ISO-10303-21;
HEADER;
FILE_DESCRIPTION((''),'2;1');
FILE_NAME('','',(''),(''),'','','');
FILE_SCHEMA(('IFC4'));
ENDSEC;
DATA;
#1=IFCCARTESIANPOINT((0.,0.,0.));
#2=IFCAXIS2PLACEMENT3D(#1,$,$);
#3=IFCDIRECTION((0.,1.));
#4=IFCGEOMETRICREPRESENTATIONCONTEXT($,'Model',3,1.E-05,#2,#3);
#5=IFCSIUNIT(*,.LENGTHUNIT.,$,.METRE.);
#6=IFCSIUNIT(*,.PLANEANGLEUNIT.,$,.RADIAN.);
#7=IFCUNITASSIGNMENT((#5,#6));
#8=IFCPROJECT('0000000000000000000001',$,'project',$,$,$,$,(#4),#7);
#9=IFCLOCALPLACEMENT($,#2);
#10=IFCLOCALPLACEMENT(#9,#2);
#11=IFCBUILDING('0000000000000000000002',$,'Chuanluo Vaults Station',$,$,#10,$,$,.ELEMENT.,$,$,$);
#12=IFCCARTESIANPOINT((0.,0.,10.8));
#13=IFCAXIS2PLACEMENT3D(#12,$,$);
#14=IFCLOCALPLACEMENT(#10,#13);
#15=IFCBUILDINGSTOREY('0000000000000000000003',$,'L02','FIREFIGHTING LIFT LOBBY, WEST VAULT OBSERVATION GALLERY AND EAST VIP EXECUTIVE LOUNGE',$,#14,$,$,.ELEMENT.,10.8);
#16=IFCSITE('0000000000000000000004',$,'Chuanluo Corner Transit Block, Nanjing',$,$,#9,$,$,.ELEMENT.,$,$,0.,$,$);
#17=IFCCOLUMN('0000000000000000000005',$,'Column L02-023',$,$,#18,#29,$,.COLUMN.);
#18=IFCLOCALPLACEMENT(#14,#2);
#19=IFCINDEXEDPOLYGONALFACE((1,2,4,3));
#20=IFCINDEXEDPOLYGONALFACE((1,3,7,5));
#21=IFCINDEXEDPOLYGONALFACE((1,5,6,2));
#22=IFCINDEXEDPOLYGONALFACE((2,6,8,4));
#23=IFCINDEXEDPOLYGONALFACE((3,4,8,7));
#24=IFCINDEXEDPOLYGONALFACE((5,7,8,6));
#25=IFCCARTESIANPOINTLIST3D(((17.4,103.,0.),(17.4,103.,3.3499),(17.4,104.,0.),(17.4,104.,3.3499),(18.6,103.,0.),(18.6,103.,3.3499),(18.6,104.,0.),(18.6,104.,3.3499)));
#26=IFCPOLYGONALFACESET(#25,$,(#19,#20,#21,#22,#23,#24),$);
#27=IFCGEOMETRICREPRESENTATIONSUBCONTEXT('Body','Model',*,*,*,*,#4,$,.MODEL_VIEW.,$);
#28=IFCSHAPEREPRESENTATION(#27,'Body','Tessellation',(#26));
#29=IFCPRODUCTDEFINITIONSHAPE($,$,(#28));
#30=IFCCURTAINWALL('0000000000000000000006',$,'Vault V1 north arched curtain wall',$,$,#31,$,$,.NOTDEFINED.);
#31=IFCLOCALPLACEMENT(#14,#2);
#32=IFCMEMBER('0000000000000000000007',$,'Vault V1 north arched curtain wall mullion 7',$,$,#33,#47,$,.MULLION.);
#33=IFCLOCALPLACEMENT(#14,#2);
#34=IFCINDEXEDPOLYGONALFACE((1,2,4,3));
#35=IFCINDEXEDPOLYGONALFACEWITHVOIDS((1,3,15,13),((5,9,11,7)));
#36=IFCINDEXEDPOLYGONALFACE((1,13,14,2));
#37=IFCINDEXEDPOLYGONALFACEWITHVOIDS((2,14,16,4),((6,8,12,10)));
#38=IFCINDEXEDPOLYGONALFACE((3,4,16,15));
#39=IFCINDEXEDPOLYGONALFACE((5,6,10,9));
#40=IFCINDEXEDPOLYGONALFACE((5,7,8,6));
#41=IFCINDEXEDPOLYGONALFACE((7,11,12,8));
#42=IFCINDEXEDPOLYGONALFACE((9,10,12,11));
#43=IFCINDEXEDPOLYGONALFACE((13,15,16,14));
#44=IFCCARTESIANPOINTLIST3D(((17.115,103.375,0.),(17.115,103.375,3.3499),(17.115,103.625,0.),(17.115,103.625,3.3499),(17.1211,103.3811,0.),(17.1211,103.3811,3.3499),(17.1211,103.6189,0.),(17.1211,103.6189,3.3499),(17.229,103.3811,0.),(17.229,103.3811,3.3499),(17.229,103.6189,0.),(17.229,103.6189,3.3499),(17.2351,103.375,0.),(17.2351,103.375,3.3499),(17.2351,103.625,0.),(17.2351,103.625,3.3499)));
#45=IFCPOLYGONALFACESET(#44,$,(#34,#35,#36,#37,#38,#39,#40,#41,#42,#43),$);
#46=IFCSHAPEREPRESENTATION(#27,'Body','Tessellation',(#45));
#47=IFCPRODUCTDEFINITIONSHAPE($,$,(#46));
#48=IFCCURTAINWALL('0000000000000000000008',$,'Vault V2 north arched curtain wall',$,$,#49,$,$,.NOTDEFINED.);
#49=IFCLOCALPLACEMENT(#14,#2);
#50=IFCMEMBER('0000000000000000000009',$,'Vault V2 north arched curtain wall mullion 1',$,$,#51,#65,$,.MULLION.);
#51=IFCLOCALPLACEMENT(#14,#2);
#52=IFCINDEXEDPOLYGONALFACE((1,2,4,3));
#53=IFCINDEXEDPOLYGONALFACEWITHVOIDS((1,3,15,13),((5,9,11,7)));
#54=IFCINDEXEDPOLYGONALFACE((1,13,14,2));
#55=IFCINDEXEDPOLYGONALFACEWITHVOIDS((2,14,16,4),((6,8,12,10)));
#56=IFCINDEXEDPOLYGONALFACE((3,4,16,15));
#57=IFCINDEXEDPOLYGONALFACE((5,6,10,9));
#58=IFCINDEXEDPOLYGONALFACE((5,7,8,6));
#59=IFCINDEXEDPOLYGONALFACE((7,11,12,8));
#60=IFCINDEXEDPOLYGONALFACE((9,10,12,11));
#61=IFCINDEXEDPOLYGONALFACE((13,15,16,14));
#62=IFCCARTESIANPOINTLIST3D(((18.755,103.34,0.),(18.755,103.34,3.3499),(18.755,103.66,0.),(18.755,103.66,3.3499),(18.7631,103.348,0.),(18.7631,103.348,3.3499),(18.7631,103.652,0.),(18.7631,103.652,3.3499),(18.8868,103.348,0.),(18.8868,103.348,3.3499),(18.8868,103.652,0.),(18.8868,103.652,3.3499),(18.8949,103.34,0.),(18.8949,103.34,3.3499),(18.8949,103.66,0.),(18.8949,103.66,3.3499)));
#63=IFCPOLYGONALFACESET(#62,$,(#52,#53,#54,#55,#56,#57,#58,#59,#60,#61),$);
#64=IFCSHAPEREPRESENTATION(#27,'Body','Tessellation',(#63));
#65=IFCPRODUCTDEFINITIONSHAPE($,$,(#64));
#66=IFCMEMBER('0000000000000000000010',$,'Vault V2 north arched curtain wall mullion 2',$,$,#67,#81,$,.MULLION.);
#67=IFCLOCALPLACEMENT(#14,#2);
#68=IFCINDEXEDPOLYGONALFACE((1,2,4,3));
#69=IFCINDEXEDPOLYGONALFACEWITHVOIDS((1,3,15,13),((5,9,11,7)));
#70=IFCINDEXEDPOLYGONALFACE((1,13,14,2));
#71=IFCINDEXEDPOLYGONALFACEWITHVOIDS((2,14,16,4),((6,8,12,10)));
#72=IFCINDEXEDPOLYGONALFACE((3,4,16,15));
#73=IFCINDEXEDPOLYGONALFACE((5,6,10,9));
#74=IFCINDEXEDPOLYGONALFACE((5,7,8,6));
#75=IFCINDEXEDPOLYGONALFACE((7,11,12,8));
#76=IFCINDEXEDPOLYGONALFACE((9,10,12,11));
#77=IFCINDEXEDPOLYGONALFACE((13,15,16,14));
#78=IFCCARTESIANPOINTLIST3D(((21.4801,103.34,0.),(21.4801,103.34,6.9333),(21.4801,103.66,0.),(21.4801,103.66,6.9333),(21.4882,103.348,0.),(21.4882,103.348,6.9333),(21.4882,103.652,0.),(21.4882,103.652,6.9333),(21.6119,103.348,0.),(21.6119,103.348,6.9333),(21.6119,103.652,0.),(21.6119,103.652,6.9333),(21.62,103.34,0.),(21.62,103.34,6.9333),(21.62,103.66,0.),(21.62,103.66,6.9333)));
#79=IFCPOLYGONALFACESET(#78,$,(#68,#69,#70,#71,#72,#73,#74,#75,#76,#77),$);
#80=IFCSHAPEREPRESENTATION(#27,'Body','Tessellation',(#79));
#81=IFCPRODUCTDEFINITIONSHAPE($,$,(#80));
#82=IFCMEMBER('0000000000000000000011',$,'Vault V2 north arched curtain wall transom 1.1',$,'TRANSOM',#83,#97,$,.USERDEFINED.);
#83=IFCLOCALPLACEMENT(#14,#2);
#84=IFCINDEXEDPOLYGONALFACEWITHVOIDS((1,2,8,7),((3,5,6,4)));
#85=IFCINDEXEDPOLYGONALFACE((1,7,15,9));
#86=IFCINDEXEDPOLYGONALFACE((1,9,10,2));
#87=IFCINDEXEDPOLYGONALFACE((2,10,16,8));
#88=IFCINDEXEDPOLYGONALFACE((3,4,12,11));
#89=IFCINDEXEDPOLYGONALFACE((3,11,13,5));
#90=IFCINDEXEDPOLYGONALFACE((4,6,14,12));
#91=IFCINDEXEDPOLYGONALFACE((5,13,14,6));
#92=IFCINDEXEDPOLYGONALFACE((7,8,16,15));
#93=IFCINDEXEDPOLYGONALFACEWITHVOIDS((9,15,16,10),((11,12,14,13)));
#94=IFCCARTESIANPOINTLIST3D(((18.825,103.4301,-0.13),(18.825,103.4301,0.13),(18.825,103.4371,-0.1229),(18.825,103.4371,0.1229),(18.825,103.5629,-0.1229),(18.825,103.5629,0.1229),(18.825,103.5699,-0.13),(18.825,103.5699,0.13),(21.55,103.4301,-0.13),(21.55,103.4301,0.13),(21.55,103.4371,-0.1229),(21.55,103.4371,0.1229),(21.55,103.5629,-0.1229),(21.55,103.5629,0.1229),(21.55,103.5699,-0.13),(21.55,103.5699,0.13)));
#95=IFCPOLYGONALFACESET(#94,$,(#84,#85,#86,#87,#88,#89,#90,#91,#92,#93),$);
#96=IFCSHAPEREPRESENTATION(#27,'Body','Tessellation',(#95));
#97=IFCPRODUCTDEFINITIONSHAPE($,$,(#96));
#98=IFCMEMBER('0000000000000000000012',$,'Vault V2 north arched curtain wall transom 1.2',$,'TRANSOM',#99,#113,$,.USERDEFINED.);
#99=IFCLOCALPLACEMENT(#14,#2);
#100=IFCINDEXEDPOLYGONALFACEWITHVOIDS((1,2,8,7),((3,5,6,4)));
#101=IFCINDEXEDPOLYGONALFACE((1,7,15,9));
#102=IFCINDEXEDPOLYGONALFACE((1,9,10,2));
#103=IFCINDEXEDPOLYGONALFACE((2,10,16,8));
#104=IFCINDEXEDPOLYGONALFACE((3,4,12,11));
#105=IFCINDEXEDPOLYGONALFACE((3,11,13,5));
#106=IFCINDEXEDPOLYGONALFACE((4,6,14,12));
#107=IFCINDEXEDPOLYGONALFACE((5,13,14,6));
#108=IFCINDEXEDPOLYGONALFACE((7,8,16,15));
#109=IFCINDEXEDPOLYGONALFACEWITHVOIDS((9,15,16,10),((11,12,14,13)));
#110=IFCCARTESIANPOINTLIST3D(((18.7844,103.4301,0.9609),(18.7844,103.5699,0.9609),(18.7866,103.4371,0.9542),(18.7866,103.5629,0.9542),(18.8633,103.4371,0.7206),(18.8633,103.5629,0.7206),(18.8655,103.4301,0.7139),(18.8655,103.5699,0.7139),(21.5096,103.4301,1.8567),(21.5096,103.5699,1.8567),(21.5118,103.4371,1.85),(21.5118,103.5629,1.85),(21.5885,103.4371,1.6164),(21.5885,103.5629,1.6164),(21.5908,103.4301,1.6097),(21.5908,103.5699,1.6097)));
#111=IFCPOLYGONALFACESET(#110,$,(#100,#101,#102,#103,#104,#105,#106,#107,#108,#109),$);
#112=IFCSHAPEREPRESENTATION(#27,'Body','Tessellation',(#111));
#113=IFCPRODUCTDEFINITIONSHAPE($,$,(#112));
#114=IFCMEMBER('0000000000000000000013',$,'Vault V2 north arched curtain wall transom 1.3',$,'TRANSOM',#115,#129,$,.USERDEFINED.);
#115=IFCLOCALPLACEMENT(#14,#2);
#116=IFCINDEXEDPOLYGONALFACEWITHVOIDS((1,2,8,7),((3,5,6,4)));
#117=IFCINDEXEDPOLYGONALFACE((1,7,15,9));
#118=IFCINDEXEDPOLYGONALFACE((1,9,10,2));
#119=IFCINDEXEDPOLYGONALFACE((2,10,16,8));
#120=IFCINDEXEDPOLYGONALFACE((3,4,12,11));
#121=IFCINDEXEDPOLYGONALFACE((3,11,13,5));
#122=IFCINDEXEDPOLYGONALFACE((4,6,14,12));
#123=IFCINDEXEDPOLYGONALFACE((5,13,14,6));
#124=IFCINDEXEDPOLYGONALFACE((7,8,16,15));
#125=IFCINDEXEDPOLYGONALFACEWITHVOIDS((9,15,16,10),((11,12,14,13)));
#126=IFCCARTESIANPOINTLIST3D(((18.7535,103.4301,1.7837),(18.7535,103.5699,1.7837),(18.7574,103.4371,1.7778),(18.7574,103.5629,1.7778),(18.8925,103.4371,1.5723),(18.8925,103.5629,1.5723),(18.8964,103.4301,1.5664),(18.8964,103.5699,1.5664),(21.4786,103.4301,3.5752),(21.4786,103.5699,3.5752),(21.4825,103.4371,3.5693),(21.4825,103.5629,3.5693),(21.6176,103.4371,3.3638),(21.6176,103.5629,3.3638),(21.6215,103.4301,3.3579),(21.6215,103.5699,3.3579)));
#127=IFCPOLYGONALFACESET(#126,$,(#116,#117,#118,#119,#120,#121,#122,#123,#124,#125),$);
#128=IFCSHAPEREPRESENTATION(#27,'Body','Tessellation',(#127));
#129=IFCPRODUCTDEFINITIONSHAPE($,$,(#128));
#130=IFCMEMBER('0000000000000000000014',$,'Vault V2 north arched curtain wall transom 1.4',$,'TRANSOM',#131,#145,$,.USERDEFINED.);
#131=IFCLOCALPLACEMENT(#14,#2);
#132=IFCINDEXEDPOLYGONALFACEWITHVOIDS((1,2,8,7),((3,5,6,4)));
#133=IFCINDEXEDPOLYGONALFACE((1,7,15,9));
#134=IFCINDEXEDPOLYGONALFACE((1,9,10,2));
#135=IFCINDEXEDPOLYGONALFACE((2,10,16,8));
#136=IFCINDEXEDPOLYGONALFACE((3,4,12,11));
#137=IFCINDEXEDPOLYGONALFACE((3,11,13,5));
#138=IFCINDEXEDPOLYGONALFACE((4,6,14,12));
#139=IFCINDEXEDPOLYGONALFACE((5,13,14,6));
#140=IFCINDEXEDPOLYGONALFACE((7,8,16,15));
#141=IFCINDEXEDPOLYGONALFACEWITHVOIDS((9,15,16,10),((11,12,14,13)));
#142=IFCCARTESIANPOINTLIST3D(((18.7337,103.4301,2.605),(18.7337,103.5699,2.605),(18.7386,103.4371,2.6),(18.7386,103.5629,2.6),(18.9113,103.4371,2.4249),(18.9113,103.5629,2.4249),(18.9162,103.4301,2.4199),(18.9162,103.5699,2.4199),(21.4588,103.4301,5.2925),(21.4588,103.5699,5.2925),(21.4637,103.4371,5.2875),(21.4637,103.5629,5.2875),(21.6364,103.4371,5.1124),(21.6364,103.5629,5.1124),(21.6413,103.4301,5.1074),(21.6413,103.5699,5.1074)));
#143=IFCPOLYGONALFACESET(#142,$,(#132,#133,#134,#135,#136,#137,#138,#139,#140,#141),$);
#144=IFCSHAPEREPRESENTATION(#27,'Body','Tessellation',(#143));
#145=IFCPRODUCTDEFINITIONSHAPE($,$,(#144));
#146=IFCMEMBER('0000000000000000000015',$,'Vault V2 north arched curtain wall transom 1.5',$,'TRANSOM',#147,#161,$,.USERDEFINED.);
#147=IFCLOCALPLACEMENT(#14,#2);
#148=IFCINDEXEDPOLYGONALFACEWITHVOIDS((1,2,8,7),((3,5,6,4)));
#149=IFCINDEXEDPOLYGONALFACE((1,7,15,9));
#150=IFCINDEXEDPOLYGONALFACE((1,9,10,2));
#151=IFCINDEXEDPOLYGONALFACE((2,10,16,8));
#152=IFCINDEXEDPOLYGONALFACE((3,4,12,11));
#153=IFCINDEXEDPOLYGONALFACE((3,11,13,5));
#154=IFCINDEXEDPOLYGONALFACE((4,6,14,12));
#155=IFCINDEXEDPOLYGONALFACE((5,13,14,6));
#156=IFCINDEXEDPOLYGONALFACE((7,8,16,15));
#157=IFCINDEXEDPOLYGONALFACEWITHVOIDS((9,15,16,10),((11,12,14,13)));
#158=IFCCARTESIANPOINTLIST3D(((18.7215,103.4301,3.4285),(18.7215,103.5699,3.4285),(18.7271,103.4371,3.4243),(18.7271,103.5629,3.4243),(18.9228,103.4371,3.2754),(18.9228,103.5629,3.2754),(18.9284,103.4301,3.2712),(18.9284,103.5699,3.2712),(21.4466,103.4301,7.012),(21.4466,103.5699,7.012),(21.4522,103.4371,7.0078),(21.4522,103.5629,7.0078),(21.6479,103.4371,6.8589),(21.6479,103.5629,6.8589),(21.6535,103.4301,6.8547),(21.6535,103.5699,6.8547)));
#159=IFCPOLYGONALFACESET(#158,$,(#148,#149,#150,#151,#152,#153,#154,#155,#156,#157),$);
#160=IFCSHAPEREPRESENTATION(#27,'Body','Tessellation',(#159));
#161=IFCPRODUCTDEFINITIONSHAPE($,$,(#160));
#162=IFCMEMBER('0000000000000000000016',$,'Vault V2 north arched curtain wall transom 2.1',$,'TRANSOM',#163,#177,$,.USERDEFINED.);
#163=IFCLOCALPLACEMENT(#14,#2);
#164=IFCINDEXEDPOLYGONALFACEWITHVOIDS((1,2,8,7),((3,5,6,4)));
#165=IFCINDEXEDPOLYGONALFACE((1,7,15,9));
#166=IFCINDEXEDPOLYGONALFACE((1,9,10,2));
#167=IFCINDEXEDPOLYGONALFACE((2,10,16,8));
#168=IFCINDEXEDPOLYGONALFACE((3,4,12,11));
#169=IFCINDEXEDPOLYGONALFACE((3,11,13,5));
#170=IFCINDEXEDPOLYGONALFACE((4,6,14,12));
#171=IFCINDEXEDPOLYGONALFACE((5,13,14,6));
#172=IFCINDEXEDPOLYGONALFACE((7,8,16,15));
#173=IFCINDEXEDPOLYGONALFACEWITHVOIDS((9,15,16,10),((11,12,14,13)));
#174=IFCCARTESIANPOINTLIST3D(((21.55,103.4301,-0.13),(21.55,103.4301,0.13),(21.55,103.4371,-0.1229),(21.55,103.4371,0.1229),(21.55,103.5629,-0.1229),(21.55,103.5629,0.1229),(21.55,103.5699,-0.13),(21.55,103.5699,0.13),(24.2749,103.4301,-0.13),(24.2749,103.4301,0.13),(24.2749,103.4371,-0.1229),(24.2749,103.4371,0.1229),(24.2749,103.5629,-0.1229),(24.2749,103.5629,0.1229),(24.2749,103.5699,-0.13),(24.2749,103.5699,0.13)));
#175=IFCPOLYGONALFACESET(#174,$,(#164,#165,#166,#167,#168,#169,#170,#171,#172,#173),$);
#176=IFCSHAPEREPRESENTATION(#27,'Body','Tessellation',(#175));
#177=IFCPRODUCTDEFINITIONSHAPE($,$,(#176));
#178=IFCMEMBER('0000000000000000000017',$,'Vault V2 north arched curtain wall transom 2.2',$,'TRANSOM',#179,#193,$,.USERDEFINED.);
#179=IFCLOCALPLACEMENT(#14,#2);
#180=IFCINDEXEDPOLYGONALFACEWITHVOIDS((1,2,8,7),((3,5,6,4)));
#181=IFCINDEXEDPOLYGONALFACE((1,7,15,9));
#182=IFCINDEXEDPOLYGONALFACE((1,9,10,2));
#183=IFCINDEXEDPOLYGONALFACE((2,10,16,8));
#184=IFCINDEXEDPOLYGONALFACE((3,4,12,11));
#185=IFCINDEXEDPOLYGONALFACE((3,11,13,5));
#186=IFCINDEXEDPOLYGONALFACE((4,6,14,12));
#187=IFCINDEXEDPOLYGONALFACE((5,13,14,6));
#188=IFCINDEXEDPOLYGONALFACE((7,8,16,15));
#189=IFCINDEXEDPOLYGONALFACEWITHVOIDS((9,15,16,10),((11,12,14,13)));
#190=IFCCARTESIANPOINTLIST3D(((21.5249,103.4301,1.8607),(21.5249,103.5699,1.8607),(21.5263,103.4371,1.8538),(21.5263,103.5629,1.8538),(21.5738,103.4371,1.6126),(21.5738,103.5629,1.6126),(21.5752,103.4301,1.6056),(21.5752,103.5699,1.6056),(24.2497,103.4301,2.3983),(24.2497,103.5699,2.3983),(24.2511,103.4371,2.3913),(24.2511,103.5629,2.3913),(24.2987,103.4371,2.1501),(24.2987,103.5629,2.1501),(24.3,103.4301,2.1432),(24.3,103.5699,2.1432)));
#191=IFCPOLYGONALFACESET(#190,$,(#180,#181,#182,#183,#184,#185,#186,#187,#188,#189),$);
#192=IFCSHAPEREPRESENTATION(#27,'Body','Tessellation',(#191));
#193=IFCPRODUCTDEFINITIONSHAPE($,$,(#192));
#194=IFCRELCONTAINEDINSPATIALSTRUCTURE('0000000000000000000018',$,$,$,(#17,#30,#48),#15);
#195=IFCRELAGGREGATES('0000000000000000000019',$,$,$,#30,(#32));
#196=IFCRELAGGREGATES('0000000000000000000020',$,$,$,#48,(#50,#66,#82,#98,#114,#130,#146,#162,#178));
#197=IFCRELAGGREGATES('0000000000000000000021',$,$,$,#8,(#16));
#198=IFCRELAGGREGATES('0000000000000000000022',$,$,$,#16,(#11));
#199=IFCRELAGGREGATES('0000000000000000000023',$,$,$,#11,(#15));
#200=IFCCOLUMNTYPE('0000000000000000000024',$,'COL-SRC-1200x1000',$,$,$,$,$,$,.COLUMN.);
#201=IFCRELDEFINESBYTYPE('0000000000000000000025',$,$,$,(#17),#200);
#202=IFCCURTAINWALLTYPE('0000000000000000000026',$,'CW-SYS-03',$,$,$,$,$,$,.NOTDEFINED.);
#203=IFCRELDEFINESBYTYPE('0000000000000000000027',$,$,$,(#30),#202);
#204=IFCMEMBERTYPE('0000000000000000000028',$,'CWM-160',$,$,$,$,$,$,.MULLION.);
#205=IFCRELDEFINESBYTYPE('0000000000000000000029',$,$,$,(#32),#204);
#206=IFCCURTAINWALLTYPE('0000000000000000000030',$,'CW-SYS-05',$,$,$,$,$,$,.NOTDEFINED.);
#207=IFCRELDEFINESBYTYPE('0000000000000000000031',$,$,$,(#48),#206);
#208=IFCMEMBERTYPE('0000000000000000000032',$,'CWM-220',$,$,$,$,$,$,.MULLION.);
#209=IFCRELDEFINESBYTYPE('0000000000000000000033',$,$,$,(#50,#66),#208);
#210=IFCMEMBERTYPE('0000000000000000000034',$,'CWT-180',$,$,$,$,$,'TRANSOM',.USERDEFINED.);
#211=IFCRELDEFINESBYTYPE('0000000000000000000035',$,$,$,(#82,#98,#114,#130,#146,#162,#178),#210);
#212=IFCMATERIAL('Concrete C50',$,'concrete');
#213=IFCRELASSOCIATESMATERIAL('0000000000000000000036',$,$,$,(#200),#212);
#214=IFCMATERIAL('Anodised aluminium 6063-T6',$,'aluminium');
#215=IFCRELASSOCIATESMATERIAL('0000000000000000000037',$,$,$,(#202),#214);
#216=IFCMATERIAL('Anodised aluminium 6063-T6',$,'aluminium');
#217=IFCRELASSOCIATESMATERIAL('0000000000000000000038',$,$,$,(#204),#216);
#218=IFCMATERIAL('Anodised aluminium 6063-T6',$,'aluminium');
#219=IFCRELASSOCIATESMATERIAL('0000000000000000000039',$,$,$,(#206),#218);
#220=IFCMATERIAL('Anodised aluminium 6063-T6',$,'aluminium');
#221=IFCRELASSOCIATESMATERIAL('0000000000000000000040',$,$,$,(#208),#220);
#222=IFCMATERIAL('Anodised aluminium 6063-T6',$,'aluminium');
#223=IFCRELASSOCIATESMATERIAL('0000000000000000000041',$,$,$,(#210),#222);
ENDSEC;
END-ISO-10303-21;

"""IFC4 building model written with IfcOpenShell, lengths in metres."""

from ifc_helpers import new_model, si_unit, direction, frame, origin, origin_2d, place, context, subcontext, project, spatial, rectangle, hollow_rectangle, extrude, material, material_profile, profile_set, type_object, element, aggregate, save


model = new_model("IFC4")

# Units and contexts
model_context = context("Model", 3, precision=1e-05, world=origin(), true_north=direction((0.0, 1.0)))
body_context = subcontext(model_context, "Body", "Model", "MODEL_VIEW")
ifc_project = project(units=[si_unit("LENGTHUNIT", "METRE"), si_unit("PLANEANGLEUNIT", "RADIAN")], contexts=[model_context])

# Site, building, storey
site_placement = place(None, origin())
site = spatial("IfcSite", under=ifc_project, at=site_placement, Name="Chuanluo Corner Transit Block, Nanjing", CompositionType="ELEMENT", RefElevation=0.0)
building_placement = place(site_placement, origin())
building = spatial("IfcBuilding", under=site, at=building_placement, Name="Chuanluo Vaults Station", CompositionType="ELEMENT")
storey_placement = place(building_placement, frame((0.0, 0.0, 10.8)))
storey = spatial("IfcBuildingStorey", under=building, at=storey_placement, Name="L02", Description="FIREFIGHTING LIFT LOBBY, WEST VAULT OBSERVATION GALLERY AND EAST VIP EXECUTIVE LOUNGE", CompositionType="ELEMENT", Elevation=10.8)

# Column
ifc_material_1 = material(Name="Concrete C50", Category="concrete")
ifc_material_profile_1 = material_profile(ifc_material_1, rectangle(XDim=1.2, YDim=1.0, at=origin_2d()))
ifc_profile_set_1 = profile_set([ifc_material_profile_1], Name="Concrete C50")
column_type = type_object("IfcColumnType", Name="COL-SRC-1200x1000", PredefinedType="COLUMN", material=ifc_profile_set_1)
column_placement = place(storey_placement, frame((18.0, 103.5, 0.0), z_axis=(0.0, 0.0, 1.0), x_axis=(1.0, 0.0, 0.0)))
element("IfcColumn", 1, at=column_placement, inside=storey, type_object=column_type, Name="Column L02-023", PredefinedType="COLUMN", context=body_context, shape_type="SweptSolid", body=[
    extrude(rectangle(XDim=1.2, YDim=1.0, at=origin_2d()), origin(), (0.0, 0.0, 1.0), 3.3499),
])

# Curtain wall, member
ifc_material_2 = material(Name="Anodised aluminium 6063-T6", Category="aluminium")
curtain_wall_type_1 = type_object("IfcCurtainWallType", Name="CW-SYS-03", PredefinedType="NOTDEFINED", material=ifc_material_2)
curtain_wall_1_placement = place(storey_placement, origin())
curtain_wall_1 = element("IfcCurtainWall", 2, at=curtain_wall_1_placement, inside=storey, type_object=curtain_wall_type_1, Name="Vault V1 north arched curtain wall", PredefinedType="NOTDEFINED")
ifc_material_3 = material(Name="Anodised aluminium 6063-T6", Category="aluminium")
ifc_material_profile_2 = material_profile(ifc_material_3, hollow_rectangle(XDim=0.1201, YDim=0.25, WallThickness=0.0061, at=origin_2d()))
ifc_profile_set_2 = profile_set([ifc_material_profile_2], Name="Anodised aluminium 6063-T6")
member_type_1 = type_object("IfcMemberType", Name="CWM-160", PredefinedType="MULLION", material=ifc_profile_set_2)
member_1_placement = place(storey_placement, frame((17.175, 103.5, 0.0), z_axis=(0.0, 0.0, 1.0), x_axis=(1.0, 0.0, 0.0)))
member_1 = element("IfcMember", 3, at=member_1_placement, type_object=member_type_1, Name="Vault V1 north arched curtain wall mullion 7", PredefinedType="MULLION", context=body_context, shape_type="SweptSolid", body=[
    extrude(hollow_rectangle(XDim=0.1201, YDim=0.25, WallThickness=0.0061, at=origin_2d()), origin(), (0.0, 0.0, 1.0), 3.3499),
])

# Curtain wall, members
ifc_material_4 = material(Name="Anodised aluminium 6063-T6", Category="aluminium")
curtain_wall_type_2 = type_object("IfcCurtainWallType", Name="CW-SYS-05", PredefinedType="NOTDEFINED", material=ifc_material_4)
curtain_wall_2_placement = place(storey_placement, origin())
curtain_wall_2 = element("IfcCurtainWall", 4, at=curtain_wall_2_placement, inside=storey, type_object=curtain_wall_type_2, Name="Vault V2 north arched curtain wall", PredefinedType="NOTDEFINED")
ifc_material_5 = material(Name="Anodised aluminium 6063-T6", Category="aluminium")
ifc_material_profile_3 = material_profile(ifc_material_5, hollow_rectangle(XDim=0.1399, YDim=0.3201, WallThickness=0.0081, at=origin_2d()))
ifc_profile_set_3 = profile_set([ifc_material_profile_3], Name="Anodised aluminium 6063-T6")
member_type_2 = type_object("IfcMemberType", Name="CWM-220", PredefinedType="MULLION", material=ifc_profile_set_3)
member_2_placement = place(storey_placement, frame((18.825, 103.5, 0.0), z_axis=(0.0, 0.0, 1.0), x_axis=(1.0, 0.0, 0.0)))
member_2 = element("IfcMember", 5, at=member_2_placement, type_object=member_type_2, Name="Vault V2 north arched curtain wall mullion 1", PredefinedType="MULLION", context=body_context, shape_type="SweptSolid", body=[
    extrude(hollow_rectangle(XDim=0.1399, YDim=0.3201, WallThickness=0.0081, at=origin_2d()), origin(), (0.0, 0.0, 1.0), 3.3499),
])
member_3_placement = place(storey_placement, frame((21.55, 103.5, 0.0), z_axis=(0.0, 0.0, 1.0), x_axis=(1.0, 0.0, 0.0)))
member_3 = element("IfcMember", 6, at=member_3_placement, type_object=member_type_2, Name="Vault V2 north arched curtain wall mullion 2", PredefinedType="MULLION", context=body_context, shape_type="SweptSolid", body=[
    extrude(hollow_rectangle(XDim=0.1399, YDim=0.3201, WallThickness=0.0081, at=origin_2d()), origin(), (0.0, 0.0, 1.0), 6.9333),
])
ifc_material_6 = material(Name="Anodised aluminium 6063-T6", Category="aluminium")
ifc_material_profile_4 = material_profile(ifc_material_6, hollow_rectangle(XDim=0.1399, YDim=0.26, WallThickness=0.0071, at=origin_2d()))
ifc_profile_set_4 = profile_set([ifc_material_profile_4], Name="Anodised aluminium 6063-T6")
member_type_3 = type_object("IfcMemberType", Name="CWT-180", ElementType="TRANSOM", PredefinedType="USERDEFINED", material=ifc_profile_set_4)
member_4_placement = place(storey_placement, frame((18.825, 103.5, 0.0), z_axis=(1.0, 0.0, 0.0), x_axis=(0.0, 1.0, 0.0)))
member_4 = element("IfcMember", 7, at=member_4_placement, type_object=member_type_3, Name="Vault V2 north arched curtain wall transom 1.1", ObjectType="TRANSOM", PredefinedType="USERDEFINED", context=body_context, shape_type="SweptSolid", body=[
    extrude(hollow_rectangle(XDim=0.1399, YDim=0.26, WallThickness=0.0071, at=origin_2d()), origin(), (0.0, 0.0, 1.0), 2.7251),
])
member_5_placement = place(storey_placement, frame((18.825, 103.5, 0.8374), z_axis=(0.949994, 0.0, 0.312267), x_axis=(0.0, 1.0, 0.0)))
member_5 = element("IfcMember", 8, at=member_5_placement, type_object=member_type_3, Name="Vault V2 north arched curtain wall transom 1.2", ObjectType="TRANSOM", PredefinedType="USERDEFINED", context=body_context, shape_type="SweptSolid", body=[
    extrude(hollow_rectangle(XDim=0.1399, YDim=0.26, WallThickness=0.0071, at=origin_2d()), origin(), (0.0, 0.0, 1.0), 2.8687),
])
member_6_placement = place(storey_placement, frame((18.825, 103.5, 1.675), z_axis=(0.835603, 0.0, 0.549333), x_axis=(0.0, 1.0, 0.0)))
member_6 = element("IfcMember", 9, at=member_6_placement, type_object=member_type_3, Name="Vault V2 north arched curtain wall transom 1.3", ObjectType="TRANSOM", PredefinedType="USERDEFINED", context=body_context, shape_type="SweptSolid", body=[
    extrude(hollow_rectangle(XDim=0.1399, YDim=0.26, WallThickness=0.0071, at=origin_2d()), origin(), (0.0, 0.0, 1.0), 3.2612),
])
member_7_placement = place(storey_placement, frame((18.825, 103.5, 2.5125), z_axis=(0.712001, 0.0, 0.702178), x_axis=(0.0, 1.0, 0.0)))
member_7 = element("IfcMember", 10, at=member_7_placement, type_object=member_type_3, Name="Vault V2 north arched curtain wall transom 1.4", ObjectType="TRANSOM", PredefinedType="USERDEFINED", context=body_context, shape_type="SweptSolid", body=[
    extrude(hollow_rectangle(XDim=0.1399, YDim=0.26, WallThickness=0.0071, at=origin_2d()), origin(), (0.0, 0.0, 1.0), 3.8274),
])
member_8_placement = place(storey_placement, frame((18.825, 103.5, 3.3499), z_axis=(0.605314, 0.0, 0.795987), x_axis=(0.0, 1.0, 0.0)))
member_8 = element("IfcMember", 11, at=member_8_placement, type_object=member_type_3, Name="Vault V2 north arched curtain wall transom 1.5", ObjectType="TRANSOM", PredefinedType="USERDEFINED", context=body_context, shape_type="SweptSolid", body=[
    extrude(hollow_rectangle(XDim=0.1399, YDim=0.26, WallThickness=0.0071, at=origin_2d()), origin(), (0.0, 0.0, 1.0), 4.502),
])
member_9_placement = place(storey_placement, frame((21.55, 103.5, 0.0), z_axis=(1.0, 0.0, 0.0), x_axis=(0.0, 1.0, 0.0)))
member_9 = element("IfcMember", 12, at=member_9_placement, type_object=member_type_3, Name="Vault V2 north arched curtain wall transom 2.1", ObjectType="TRANSOM", PredefinedType="USERDEFINED", context=body_context, shape_type="SweptSolid", body=[
    extrude(hollow_rectangle(XDim=0.1399, YDim=0.26, WallThickness=0.0071, at=origin_2d()), origin(), (0.0, 0.0, 1.0), 2.7249),
])
member_10_placement = place(storey_placement, frame((21.55, 103.5, 1.7332), z_axis=(0.981088, 0.0, 0.193563), x_axis=(0.0, 1.0, 0.0)))
member_10 = element("IfcMember", 13, at=member_10_placement, type_object=member_type_3, Name="Vault V2 north arched curtain wall transom 2.2", ObjectType="TRANSOM", PredefinedType="USERDEFINED", context=body_context, shape_type="SweptSolid", body=[
    extrude(hollow_rectangle(XDim=0.1399, YDim=0.26, WallThickness=0.0071, at=origin_2d()), origin(), (0.0, 0.0, 1.0), 2.7773),
])

aggregate(curtain_wall_1, [member_1])
aggregate(curtain_wall_2, [member_2, member_3, member_4, member_5, member_6, member_7, member_8, member_9, member_10])

save(model, "model.ifc")
